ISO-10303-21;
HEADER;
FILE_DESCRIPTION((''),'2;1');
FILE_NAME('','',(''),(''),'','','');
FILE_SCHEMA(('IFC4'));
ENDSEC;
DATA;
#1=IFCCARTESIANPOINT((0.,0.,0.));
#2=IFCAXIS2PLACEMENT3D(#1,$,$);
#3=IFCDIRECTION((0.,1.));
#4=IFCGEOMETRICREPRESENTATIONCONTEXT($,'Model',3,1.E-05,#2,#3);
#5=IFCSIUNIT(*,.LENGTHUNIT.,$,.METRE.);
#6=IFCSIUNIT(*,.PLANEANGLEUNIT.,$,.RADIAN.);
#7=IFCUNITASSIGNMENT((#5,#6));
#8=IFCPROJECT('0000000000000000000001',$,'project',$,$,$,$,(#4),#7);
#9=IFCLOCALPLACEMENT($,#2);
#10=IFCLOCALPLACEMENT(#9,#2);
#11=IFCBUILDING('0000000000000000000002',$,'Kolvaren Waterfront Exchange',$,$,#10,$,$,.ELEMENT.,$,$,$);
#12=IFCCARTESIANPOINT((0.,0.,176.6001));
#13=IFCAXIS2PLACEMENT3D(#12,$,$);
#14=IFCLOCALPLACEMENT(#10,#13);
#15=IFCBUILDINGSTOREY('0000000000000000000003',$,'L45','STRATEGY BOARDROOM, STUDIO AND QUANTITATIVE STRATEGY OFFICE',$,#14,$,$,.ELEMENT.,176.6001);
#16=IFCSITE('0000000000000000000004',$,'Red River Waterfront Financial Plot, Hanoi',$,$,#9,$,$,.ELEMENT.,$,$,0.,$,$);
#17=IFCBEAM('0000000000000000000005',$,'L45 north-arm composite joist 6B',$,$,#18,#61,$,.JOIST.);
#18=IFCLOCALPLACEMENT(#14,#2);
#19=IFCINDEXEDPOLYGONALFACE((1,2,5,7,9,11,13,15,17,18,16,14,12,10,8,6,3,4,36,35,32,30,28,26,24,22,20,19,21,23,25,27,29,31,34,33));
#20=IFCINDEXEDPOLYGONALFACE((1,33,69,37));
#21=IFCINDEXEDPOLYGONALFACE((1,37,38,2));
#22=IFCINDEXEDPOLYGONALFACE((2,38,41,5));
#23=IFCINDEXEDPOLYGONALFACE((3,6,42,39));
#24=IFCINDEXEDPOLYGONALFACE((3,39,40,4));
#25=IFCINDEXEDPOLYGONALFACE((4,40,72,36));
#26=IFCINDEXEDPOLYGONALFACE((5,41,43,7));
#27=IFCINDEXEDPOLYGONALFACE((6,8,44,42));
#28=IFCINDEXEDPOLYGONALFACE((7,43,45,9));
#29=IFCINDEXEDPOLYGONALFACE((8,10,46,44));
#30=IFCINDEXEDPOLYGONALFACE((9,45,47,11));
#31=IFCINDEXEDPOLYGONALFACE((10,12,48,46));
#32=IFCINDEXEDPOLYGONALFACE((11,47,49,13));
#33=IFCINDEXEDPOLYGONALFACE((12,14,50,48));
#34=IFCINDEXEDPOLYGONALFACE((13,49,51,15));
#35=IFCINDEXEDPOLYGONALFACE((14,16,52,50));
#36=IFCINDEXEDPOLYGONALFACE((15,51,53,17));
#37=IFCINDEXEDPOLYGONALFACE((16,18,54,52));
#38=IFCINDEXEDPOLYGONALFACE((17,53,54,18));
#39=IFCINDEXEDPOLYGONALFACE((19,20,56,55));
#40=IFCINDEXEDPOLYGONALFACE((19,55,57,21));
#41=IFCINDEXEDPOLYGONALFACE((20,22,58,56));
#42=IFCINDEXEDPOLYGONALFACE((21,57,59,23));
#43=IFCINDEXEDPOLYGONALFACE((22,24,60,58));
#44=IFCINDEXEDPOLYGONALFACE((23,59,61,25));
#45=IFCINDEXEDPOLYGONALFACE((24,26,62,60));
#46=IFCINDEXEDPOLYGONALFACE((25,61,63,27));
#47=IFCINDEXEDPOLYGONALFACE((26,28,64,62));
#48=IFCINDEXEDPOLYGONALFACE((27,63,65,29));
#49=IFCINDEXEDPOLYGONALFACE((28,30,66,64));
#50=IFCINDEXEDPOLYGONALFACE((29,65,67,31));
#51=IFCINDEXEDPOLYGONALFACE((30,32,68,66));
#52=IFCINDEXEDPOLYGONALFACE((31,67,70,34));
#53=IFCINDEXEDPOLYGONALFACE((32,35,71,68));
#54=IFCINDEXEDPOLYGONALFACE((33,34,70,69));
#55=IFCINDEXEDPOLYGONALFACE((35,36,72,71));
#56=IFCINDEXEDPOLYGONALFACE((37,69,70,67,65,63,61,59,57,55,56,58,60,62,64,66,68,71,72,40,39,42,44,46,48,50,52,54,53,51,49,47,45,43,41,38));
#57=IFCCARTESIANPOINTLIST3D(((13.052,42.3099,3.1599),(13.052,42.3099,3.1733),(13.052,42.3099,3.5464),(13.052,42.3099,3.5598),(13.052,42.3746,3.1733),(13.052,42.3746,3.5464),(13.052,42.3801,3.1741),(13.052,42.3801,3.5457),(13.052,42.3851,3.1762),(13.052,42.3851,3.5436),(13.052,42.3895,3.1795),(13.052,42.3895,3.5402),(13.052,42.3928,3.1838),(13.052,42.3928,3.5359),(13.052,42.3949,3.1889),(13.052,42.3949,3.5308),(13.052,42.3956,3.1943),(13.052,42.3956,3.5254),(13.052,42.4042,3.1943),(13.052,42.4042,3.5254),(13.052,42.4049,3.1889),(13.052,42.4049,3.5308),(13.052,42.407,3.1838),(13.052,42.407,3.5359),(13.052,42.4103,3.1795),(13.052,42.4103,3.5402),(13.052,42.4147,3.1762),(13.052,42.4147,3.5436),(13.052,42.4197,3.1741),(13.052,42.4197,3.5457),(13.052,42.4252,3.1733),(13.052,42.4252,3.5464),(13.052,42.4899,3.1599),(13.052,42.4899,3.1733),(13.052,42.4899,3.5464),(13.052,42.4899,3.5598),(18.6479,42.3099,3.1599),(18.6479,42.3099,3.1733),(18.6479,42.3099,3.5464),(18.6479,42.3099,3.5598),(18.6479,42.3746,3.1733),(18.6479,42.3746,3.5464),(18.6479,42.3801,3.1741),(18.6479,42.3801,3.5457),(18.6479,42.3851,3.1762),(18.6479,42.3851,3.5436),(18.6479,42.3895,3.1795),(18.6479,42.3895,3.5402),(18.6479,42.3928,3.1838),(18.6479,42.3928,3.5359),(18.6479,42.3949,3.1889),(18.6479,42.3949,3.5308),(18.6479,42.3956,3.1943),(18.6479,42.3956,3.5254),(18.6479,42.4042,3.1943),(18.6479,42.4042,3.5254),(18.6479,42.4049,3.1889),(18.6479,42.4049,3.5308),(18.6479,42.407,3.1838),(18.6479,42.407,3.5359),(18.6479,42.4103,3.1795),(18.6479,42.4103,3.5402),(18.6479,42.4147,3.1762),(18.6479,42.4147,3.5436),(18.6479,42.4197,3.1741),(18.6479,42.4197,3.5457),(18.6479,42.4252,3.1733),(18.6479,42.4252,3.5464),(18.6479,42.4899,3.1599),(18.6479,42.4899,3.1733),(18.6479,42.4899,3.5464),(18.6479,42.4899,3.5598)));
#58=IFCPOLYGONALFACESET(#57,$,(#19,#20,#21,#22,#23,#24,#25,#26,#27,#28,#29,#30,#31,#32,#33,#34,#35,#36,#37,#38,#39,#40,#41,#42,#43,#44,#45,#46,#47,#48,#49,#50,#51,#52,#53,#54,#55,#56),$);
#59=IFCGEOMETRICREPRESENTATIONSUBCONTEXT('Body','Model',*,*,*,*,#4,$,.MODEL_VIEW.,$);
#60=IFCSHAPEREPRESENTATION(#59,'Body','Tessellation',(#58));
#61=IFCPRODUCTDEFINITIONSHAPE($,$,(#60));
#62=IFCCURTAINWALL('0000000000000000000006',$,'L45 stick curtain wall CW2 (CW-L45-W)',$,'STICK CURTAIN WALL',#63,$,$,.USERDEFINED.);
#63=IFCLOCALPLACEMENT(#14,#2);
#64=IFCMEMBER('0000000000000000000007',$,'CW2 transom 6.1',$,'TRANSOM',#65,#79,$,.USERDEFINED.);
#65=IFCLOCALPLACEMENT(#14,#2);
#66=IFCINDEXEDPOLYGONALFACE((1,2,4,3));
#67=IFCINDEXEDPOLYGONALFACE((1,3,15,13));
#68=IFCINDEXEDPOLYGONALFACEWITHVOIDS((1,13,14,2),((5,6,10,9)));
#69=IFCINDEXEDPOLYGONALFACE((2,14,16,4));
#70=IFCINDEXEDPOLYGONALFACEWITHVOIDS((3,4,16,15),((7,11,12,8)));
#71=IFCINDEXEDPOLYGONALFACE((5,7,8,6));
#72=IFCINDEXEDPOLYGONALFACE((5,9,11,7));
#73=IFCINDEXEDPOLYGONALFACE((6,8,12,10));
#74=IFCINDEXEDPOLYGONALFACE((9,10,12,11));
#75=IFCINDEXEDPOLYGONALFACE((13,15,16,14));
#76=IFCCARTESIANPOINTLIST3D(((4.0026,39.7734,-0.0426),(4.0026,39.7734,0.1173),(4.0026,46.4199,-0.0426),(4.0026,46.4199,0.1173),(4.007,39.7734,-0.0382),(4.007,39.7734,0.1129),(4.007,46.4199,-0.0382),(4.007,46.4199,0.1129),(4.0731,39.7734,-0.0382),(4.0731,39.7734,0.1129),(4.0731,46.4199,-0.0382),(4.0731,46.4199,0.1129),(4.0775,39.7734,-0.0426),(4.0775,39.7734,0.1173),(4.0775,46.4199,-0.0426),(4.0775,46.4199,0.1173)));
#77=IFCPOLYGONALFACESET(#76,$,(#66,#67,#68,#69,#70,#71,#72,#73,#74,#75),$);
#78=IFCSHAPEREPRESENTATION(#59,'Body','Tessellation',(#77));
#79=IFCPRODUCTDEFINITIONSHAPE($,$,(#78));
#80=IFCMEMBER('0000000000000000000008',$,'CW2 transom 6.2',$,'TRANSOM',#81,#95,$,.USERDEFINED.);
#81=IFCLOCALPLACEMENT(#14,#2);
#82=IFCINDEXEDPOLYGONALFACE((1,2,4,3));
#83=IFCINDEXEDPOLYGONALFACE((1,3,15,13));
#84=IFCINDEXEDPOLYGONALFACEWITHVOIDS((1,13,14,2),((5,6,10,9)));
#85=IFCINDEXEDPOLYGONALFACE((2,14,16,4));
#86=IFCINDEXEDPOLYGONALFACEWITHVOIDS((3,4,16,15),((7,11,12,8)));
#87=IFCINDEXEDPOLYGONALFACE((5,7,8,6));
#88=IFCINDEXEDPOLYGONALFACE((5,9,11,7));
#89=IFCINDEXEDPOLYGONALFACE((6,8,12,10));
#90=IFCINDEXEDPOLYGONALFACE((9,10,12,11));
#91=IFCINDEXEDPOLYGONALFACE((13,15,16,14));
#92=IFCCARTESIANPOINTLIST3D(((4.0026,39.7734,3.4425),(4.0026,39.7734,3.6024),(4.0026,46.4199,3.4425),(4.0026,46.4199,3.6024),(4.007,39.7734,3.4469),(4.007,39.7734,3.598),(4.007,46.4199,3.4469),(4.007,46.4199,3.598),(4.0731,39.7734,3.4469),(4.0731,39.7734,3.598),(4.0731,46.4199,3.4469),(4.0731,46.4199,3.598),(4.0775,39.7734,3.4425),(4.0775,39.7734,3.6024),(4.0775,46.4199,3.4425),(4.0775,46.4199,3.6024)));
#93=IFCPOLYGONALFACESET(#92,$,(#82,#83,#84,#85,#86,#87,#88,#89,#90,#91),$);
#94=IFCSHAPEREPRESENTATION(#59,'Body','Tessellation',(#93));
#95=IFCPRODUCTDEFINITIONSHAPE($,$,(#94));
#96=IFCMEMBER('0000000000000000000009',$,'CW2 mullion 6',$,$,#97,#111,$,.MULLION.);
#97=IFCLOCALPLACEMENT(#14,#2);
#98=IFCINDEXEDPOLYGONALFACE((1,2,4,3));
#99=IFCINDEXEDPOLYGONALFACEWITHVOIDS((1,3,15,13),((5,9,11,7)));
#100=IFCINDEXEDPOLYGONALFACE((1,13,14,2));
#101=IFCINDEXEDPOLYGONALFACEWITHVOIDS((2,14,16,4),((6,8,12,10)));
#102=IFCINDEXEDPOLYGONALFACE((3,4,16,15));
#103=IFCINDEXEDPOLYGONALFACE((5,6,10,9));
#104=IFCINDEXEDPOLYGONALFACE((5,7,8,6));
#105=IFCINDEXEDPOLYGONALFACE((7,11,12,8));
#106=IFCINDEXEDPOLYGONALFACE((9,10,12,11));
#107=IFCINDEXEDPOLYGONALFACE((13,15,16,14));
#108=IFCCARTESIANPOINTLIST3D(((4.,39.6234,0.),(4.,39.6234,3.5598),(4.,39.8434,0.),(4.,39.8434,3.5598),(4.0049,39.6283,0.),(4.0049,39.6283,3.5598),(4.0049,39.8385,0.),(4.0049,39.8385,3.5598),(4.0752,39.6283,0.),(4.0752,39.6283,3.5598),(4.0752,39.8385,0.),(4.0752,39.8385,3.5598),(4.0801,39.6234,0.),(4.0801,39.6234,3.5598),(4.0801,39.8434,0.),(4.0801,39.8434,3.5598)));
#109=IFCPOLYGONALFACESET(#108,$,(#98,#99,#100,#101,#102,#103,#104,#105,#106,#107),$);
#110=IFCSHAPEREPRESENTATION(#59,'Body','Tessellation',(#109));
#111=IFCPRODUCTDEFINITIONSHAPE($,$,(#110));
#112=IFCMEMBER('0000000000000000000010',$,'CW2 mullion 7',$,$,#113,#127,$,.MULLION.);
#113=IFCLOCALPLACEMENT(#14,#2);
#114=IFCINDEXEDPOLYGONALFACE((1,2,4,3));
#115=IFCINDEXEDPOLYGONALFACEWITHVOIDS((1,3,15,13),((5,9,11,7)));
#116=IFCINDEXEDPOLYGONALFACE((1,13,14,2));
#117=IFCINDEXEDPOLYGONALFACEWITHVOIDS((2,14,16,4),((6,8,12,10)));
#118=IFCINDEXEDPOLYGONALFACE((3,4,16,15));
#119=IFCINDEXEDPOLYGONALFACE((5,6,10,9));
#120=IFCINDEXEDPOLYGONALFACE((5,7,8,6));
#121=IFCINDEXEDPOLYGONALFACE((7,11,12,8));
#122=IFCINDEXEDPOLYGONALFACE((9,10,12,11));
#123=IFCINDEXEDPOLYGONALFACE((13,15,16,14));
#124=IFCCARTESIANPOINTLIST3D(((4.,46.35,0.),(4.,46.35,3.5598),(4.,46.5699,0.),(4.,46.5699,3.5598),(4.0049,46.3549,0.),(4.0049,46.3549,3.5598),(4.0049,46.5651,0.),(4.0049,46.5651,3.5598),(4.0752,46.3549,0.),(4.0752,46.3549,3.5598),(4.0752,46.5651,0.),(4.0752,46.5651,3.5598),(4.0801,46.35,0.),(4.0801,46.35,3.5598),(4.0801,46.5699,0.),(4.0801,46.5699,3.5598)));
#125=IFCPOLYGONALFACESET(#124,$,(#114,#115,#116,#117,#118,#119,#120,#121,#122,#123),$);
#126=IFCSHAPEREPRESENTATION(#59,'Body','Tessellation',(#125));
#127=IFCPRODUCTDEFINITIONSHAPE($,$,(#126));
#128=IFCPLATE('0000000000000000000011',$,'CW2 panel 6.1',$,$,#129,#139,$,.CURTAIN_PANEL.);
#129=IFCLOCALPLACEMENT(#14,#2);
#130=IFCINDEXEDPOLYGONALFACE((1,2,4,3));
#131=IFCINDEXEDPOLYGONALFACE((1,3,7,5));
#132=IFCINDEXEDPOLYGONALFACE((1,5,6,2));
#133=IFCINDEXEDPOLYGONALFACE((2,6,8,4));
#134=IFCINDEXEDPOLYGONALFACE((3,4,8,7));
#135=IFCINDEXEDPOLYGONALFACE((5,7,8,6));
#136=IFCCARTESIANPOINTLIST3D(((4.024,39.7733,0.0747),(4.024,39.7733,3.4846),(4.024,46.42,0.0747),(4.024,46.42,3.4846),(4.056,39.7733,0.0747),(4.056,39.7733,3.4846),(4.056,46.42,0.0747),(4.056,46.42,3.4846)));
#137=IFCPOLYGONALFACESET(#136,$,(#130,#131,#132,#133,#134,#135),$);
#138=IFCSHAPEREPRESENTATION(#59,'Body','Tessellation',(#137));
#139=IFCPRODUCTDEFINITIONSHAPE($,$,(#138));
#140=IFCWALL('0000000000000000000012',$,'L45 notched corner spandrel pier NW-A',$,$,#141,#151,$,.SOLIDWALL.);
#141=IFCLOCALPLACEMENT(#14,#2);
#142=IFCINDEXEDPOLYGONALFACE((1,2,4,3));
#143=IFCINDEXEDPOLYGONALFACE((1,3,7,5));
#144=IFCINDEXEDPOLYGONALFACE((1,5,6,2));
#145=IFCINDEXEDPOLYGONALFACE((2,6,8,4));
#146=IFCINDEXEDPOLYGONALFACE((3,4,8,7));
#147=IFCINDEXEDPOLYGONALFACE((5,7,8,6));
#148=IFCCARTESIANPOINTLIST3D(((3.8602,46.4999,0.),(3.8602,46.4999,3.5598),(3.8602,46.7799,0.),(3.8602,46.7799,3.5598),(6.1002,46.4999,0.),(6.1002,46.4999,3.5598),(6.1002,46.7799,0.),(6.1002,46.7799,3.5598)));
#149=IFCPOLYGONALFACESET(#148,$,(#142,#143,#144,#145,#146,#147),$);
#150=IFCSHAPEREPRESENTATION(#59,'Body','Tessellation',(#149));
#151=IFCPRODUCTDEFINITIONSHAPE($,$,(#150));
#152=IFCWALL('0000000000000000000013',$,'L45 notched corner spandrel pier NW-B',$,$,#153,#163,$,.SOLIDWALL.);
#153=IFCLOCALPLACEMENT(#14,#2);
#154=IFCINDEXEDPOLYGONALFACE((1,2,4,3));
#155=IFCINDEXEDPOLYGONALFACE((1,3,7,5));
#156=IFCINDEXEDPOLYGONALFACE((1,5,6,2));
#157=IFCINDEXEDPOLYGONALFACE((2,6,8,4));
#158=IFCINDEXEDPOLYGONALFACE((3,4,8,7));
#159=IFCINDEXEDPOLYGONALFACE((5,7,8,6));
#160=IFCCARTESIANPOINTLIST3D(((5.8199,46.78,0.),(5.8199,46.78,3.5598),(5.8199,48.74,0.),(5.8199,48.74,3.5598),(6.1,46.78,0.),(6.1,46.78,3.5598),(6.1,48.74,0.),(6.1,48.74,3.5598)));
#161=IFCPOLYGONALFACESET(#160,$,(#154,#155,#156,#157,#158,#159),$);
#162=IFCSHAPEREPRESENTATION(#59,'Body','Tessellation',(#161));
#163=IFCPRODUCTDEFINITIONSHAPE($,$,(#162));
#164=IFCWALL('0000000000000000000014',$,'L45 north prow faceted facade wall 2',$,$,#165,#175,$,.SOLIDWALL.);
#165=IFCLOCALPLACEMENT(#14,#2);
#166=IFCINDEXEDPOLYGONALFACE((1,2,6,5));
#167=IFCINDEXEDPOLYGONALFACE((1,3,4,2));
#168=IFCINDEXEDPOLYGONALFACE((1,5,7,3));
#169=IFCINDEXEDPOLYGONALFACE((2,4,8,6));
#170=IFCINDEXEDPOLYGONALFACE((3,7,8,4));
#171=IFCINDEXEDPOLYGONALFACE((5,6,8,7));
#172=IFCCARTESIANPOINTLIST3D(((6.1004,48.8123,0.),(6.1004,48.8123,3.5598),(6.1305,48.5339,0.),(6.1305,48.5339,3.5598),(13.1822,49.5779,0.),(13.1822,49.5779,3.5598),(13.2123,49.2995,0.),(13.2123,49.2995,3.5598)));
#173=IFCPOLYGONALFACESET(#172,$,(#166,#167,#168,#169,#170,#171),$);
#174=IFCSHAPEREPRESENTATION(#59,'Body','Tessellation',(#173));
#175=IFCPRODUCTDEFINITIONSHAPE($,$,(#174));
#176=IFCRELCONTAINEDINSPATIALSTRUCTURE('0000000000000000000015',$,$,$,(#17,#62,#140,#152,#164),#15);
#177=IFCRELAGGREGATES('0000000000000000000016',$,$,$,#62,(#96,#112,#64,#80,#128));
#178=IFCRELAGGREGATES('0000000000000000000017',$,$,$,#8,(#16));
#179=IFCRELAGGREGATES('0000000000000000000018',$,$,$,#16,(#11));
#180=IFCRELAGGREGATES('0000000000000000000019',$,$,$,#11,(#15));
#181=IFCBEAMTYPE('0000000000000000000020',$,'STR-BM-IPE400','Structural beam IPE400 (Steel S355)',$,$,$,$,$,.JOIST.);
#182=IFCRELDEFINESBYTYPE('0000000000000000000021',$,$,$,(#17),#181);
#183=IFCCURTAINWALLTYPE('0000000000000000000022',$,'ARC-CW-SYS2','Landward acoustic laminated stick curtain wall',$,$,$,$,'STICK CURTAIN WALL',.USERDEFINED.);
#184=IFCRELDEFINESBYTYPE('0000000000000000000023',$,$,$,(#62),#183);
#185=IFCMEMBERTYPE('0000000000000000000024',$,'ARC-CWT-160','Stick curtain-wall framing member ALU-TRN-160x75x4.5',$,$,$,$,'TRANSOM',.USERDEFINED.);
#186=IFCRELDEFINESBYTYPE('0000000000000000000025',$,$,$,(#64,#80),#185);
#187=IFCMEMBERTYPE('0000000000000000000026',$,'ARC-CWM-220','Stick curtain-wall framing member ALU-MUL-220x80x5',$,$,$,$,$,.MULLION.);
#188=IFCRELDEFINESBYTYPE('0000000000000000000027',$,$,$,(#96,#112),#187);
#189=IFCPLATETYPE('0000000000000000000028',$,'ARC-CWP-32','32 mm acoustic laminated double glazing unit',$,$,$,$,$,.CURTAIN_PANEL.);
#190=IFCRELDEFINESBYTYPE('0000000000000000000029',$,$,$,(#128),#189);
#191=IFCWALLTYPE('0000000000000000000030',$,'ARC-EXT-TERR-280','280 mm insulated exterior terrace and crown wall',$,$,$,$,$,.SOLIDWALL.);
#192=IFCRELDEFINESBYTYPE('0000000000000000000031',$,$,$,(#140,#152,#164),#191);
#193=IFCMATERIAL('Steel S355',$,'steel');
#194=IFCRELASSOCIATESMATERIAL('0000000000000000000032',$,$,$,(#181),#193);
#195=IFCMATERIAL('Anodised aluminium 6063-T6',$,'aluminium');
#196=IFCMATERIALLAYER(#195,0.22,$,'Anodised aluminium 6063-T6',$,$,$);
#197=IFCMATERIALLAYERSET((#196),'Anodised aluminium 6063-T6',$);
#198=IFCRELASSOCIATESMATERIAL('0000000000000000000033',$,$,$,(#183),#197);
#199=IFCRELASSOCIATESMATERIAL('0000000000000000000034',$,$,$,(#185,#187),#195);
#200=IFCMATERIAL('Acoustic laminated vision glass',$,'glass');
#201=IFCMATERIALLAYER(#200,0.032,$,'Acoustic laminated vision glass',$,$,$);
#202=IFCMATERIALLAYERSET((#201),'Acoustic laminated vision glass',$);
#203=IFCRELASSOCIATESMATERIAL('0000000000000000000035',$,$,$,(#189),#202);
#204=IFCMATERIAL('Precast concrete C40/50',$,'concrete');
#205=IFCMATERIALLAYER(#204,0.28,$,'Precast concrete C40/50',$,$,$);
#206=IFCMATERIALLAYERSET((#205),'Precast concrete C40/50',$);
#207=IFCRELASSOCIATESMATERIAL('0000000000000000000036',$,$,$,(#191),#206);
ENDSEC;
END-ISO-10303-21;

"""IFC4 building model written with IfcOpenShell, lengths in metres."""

from ifc_helpers import new_model, si_unit, direction, frame, frame_2d, origin, origin_with_axes, origin_2d, place, context, subcontext, project, spatial, rectangle, hollow_rectangle, i_section, extrude, source, transform, mapped, material, layer, layer_set, material_profile, profile_set, type_object, element, aggregate, save


model = new_model("IFC4")

# Units and contexts
model_context = context("Model", 3, precision=1e-05, world=origin(), true_north=direction((0.0, 1.0)))
body_context = subcontext(model_context, "Body", "Model", "MODEL_VIEW")
ifc_project = project(units=[si_unit("LENGTHUNIT", "METRE"), si_unit("PLANEANGLEUNIT", "RADIAN")], contexts=[model_context])

# Site, building, storey
site_placement = place(None, origin())
site = spatial("IfcSite", under=ifc_project, at=site_placement, Name="Red River Waterfront Financial Plot, Hanoi", CompositionType="ELEMENT", RefElevation=0.0)
building_placement = place(site_placement, origin())
building = spatial("IfcBuilding", under=site, at=building_placement, Name="Kolvaren Waterfront Exchange", CompositionType="ELEMENT")
storey_placement = place(building_placement, frame((0.0, 0.0, 176.6001)))
storey = spatial("IfcBuildingStorey", under=building, at=storey_placement, Name="L45", Description="STRATEGY BOARDROOM, STUDIO AND QUANTITATIVE STRATEGY OFFICE", CompositionType="ELEMENT", Elevation=176.6001)

# Beam
ifc_material_1 = material(Name="Steel S355", Category="steel")
ifc_material_profile_1 = material_profile(ifc_material_1, i_section(OverallWidth=0.1799, OverallDepth=0.3999, WebThickness=0.0085, FlangeThickness=0.0134, FilletRadius=0.021, at=origin_2d()), Name="IPE400")
ifc_profile_set_1 = profile_set([ifc_material_profile_1], Name="Steel S355")
beam_type_1 = type_object("IfcBeamType", Name="STR-BM-IPE400", Description="Structural beam IPE400 (Steel S355)", PredefinedType="JOIST", material=ifc_profile_set_1)
beam_1_placement = place(storey_placement, frame((13.052, 42.3999, 3.3599), z_axis=(1.0, 0.0, 0.0), x_axis=(0.0, 1.0, 0.0)))
element("IfcBeam", 1, at=beam_1_placement, inside=storey, type_object=beam_type_1, Name="L45 north-arm composite joist 6B", PredefinedType="JOIST", context=body_context, shape_type="SweptSolid", body=[
    extrude(i_section(OverallWidth=0.1799, OverallDepth=0.3999, WebThickness=0.0085, FlangeThickness=0.0134, FilletRadius=0.021, at=origin_2d()), origin(), (0.0, 0.0, 1.0), 5.5959),
])

# Curtain wall, members, plate
ifc_material_2 = material(Name="Anodised aluminium 6063-T6", Category="aluminium")
ifc_layer_1 = layer(ifc_material_2, 0.22, Name="Anodised aluminium 6063-T6")
ifc_layer_set_1 = layer_set([ifc_layer_1], Name="Anodised aluminium 6063-T6")
curtain_wall_type = type_object("IfcCurtainWallType", Name="ARC-CW-SYS2", Description="Landward acoustic laminated stick curtain wall", ElementType="STICK CURTAIN WALL", PredefinedType="USERDEFINED", material=ifc_layer_set_1)
curtain_wall_placement = place(storey_placement, origin())
curtain_wall = element("IfcCurtainWall", 2, at=curtain_wall_placement, inside=storey, type_object=curtain_wall_type, Name="L45 stick curtain wall CW2 (CW-L45-W)", ObjectType="STICK CURTAIN WALL", PredefinedType="USERDEFINED")
ifc_material_profile_2 = material_profile(ifc_material_2, hollow_rectangle(XDim=0.075, YDim=0.1599, WallThickness=0.0044, at=origin_2d()), Name="ALU-TRN-160x75x4.5")
ifc_profile_set_2 = profile_set([ifc_material_profile_2], Name="Anodised aluminium 6063-T6")
member_type_1 = type_object("IfcMemberType", Name="ARC-CWT-160", Description="Stick curtain-wall framing member ALU-TRN-160x75x4.5", ElementType="TRANSOM", PredefinedType="USERDEFINED", material=ifc_profile_set_2)
shared_shape_1 = source(origin_with_axes(), body_context, "Body", "SweptSolid", [
    extrude(hollow_rectangle(XDim=0.075, YDim=0.1599, WallThickness=0.0044, at=origin_2d()), origin(), (0.0, 0.0, 1.0), 6.6465),
])
member_1_placement = place(storey_placement, frame((4.04, 39.7734, 0.0374), z_axis=(0.0, 1.0, 0.0), x_axis=(-1.0, 0.0, 0.0)))
member_1 = element("IfcMember", 3, at=member_1_placement, type_object=member_type_1, Name="CW2 transom 6.1", ObjectType="TRANSOM", PredefinedType="USERDEFINED", context=body_context, shape_type="MappedRepresentation", body=[
    mapped(shared_shape_1, transform((0.0, 0.0, 0.0), x_axis=(1.0, 0.0, 0.0), y_axis=(0.0, 1.0, 0.0), z_axis=(0.0, 0.0, 1.0), scale=1.0)),
])
member_2_placement = place(storey_placement, frame((4.04, 39.7734, 3.5225), z_axis=(0.0, 1.0, 0.0), x_axis=(-1.0, 0.0, 0.0)))
member_2 = element("IfcMember", 4, at=member_2_placement, type_object=member_type_1, Name="CW2 transom 6.2", ObjectType="TRANSOM", PredefinedType="USERDEFINED", context=body_context, shape_type="MappedRepresentation", body=[
    mapped(shared_shape_1, transform((0.0, 0.0, 0.0), x_axis=(1.0, 0.0, 0.0), y_axis=(0.0, 1.0, 0.0), z_axis=(0.0, 0.0, 1.0), scale=1.0)),
])
ifc_material_profile_3 = material_profile(ifc_material_2, hollow_rectangle(XDim=0.0801, YDim=0.22, WallThickness=0.0049, at=origin_2d()), Name="ALU-MUL-220x80x5")
ifc_profile_set_3 = profile_set([ifc_material_profile_3], Name="Anodised aluminium 6063-T6")
member_type_2 = type_object("IfcMemberType", Name="ARC-CWM-220", Description="Stick curtain-wall framing member ALU-MUL-220x80x5", PredefinedType="MULLION", material=ifc_profile_set_3)
shared_shape_2 = source(origin_with_axes(), body_context, "Body", "SweptSolid", [
    extrude(hollow_rectangle(XDim=0.0801, YDim=0.22, WallThickness=0.0049, at=origin_2d()), origin(), (0.0, 0.0, 1.0), 3.5598),
])
member_3_placement = place(storey_placement, frame((4.04, 39.7334, 0.0), z_axis=(0.0, 0.0, 1.0), x_axis=(-1.0, 0.0, 0.0)))
member_3 = element("IfcMember", 5, at=member_3_placement, type_object=member_type_2, Name="CW2 mullion 6", PredefinedType="MULLION", context=body_context, shape_type="MappedRepresentation", body=[
    mapped(shared_shape_2, transform((0.0, 0.0, 0.0), x_axis=(1.0, 0.0, 0.0), y_axis=(0.0, 1.0, 0.0), z_axis=(0.0, 0.0, 1.0), scale=1.0)),
])
member_4_placement = place(storey_placement, frame((4.04, 46.46, 0.0), z_axis=(0.0, 0.0, 1.0), x_axis=(-1.0, 0.0, 0.0)))
member_4 = element("IfcMember", 6, at=member_4_placement, type_object=member_type_2, Name="CW2 mullion 7", PredefinedType="MULLION", context=body_context, shape_type="MappedRepresentation", body=[
    mapped(shared_shape_2, transform((0.0, 0.0, 0.0), x_axis=(1.0, 0.0, 0.0), y_axis=(0.0, 1.0, 0.0), z_axis=(0.0, 0.0, 1.0), scale=1.0)),
])
ifc_material_3 = material(Name="Acoustic laminated vision glass", Category="glass")
ifc_layer_2 = layer(ifc_material_3, 0.032, Name="Acoustic laminated vision glass")
ifc_layer_set_2 = layer_set([ifc_layer_2], Name="Acoustic laminated vision glass")
plate_type = type_object("IfcPlateType", Name="ARC-CWP-32", Description="32 mm acoustic laminated double glazing unit", PredefinedType="CURTAIN_PANEL", material=ifc_layer_set_2)
shared_shape_3 = source(origin_with_axes(), body_context, "Body", "SweptSolid", [
    extrude(rectangle(XDim=6.6467, YDim=0.032, at=origin_2d()), origin(), (0.0, 0.0, 1.0), 3.4099),
])
plate_placement = place(storey_placement, frame((4.04, 43.0967, 0.0747), z_axis=(0.0, 0.0, 1.0), x_axis=(0.0, 1.0, 0.0)))
plate = element("IfcPlate", 7, at=plate_placement, type_object=plate_type, Name="CW2 panel 6.1", PredefinedType="CURTAIN_PANEL", context=body_context, shape_type="MappedRepresentation", body=[
    mapped(shared_shape_3, transform((0.0, 0.0, 0.0), x_axis=(1.0, 0.0, 0.0), y_axis=(0.0, 1.0, 0.0), z_axis=(0.0, 0.0, 1.0), scale=1.0)),
])
aggregate(curtain_wall, [member_3, member_4, member_1, member_2, plate])

# Walls
ifc_material_4 = material(Name="Precast concrete C40/50", Category="concrete")
ifc_layer_3 = layer(ifc_material_4, 0.28, Name="Precast concrete C40/50")
ifc_layer_set_3 = layer_set([ifc_layer_3], Name="Precast concrete C40/50")
wall_type_1 = type_object("IfcWallType", Name="ARC-EXT-TERR-280", Description="280 mm insulated exterior terrace and crown wall", PredefinedType="SOLIDWALL", material=ifc_layer_set_3)
wall_1_placement = place(storey_placement, frame((3.8601, 46.6399, 0.0), z_axis=(0.0, 0.0, 1.0), x_axis=(1.0, 0.0, 0.0)))
element("IfcWall", 8, at=wall_1_placement, inside=storey, type_object=wall_type_1, Name="L45 notched corner spandrel pier NW-A", PredefinedType="SOLIDWALL", context=body_context, shape_type="SweptSolid", body=[
    extrude(rectangle(XDim=2.24, YDim=0.28, at=frame_2d((1.1201, 0.0))), origin(), (0.0, 0.0, 1.0), 3.5598),
])
wall_2_placement = place(storey_placement, frame((5.96, 46.78, 0.0), z_axis=(0.0, 0.0, 1.0), x_axis=(0.0, 1.0, 0.0)))
element("IfcWall", 9, at=wall_2_placement, inside=storey, type_object=wall_type_1, Name="L45 notched corner spandrel pier NW-B", PredefinedType="SOLIDWALL", context=body_context, shape_type="SweptSolid", body=[
    extrude(rectangle(XDim=1.96, YDim=0.28, at=frame_2d((0.98, 0.0))), origin(), (0.0, 0.0, 1.0), 3.5598),
])
wall_3_placement = place(storey_placement, frame((13.1973, 49.4387, 0.0), z_axis=(0.0, 0.0, 1.0), x_axis=(-0.994207, -0.107486, 0.0)))
element("IfcWall", 10, at=wall_3_placement, inside=storey, type_object=wall_type_1, Name="L45 north prow faceted facade wall 2", PredefinedType="SOLIDWALL", context=body_context, shape_type="SweptSolid", body=[
    extrude(rectangle(XDim=7.123, YDim=0.28, at=frame_2d((3.5615, 0.0))), origin(), (0.0, 0.0, 1.0), 3.5598),
])

save(model, "model.ifc")
